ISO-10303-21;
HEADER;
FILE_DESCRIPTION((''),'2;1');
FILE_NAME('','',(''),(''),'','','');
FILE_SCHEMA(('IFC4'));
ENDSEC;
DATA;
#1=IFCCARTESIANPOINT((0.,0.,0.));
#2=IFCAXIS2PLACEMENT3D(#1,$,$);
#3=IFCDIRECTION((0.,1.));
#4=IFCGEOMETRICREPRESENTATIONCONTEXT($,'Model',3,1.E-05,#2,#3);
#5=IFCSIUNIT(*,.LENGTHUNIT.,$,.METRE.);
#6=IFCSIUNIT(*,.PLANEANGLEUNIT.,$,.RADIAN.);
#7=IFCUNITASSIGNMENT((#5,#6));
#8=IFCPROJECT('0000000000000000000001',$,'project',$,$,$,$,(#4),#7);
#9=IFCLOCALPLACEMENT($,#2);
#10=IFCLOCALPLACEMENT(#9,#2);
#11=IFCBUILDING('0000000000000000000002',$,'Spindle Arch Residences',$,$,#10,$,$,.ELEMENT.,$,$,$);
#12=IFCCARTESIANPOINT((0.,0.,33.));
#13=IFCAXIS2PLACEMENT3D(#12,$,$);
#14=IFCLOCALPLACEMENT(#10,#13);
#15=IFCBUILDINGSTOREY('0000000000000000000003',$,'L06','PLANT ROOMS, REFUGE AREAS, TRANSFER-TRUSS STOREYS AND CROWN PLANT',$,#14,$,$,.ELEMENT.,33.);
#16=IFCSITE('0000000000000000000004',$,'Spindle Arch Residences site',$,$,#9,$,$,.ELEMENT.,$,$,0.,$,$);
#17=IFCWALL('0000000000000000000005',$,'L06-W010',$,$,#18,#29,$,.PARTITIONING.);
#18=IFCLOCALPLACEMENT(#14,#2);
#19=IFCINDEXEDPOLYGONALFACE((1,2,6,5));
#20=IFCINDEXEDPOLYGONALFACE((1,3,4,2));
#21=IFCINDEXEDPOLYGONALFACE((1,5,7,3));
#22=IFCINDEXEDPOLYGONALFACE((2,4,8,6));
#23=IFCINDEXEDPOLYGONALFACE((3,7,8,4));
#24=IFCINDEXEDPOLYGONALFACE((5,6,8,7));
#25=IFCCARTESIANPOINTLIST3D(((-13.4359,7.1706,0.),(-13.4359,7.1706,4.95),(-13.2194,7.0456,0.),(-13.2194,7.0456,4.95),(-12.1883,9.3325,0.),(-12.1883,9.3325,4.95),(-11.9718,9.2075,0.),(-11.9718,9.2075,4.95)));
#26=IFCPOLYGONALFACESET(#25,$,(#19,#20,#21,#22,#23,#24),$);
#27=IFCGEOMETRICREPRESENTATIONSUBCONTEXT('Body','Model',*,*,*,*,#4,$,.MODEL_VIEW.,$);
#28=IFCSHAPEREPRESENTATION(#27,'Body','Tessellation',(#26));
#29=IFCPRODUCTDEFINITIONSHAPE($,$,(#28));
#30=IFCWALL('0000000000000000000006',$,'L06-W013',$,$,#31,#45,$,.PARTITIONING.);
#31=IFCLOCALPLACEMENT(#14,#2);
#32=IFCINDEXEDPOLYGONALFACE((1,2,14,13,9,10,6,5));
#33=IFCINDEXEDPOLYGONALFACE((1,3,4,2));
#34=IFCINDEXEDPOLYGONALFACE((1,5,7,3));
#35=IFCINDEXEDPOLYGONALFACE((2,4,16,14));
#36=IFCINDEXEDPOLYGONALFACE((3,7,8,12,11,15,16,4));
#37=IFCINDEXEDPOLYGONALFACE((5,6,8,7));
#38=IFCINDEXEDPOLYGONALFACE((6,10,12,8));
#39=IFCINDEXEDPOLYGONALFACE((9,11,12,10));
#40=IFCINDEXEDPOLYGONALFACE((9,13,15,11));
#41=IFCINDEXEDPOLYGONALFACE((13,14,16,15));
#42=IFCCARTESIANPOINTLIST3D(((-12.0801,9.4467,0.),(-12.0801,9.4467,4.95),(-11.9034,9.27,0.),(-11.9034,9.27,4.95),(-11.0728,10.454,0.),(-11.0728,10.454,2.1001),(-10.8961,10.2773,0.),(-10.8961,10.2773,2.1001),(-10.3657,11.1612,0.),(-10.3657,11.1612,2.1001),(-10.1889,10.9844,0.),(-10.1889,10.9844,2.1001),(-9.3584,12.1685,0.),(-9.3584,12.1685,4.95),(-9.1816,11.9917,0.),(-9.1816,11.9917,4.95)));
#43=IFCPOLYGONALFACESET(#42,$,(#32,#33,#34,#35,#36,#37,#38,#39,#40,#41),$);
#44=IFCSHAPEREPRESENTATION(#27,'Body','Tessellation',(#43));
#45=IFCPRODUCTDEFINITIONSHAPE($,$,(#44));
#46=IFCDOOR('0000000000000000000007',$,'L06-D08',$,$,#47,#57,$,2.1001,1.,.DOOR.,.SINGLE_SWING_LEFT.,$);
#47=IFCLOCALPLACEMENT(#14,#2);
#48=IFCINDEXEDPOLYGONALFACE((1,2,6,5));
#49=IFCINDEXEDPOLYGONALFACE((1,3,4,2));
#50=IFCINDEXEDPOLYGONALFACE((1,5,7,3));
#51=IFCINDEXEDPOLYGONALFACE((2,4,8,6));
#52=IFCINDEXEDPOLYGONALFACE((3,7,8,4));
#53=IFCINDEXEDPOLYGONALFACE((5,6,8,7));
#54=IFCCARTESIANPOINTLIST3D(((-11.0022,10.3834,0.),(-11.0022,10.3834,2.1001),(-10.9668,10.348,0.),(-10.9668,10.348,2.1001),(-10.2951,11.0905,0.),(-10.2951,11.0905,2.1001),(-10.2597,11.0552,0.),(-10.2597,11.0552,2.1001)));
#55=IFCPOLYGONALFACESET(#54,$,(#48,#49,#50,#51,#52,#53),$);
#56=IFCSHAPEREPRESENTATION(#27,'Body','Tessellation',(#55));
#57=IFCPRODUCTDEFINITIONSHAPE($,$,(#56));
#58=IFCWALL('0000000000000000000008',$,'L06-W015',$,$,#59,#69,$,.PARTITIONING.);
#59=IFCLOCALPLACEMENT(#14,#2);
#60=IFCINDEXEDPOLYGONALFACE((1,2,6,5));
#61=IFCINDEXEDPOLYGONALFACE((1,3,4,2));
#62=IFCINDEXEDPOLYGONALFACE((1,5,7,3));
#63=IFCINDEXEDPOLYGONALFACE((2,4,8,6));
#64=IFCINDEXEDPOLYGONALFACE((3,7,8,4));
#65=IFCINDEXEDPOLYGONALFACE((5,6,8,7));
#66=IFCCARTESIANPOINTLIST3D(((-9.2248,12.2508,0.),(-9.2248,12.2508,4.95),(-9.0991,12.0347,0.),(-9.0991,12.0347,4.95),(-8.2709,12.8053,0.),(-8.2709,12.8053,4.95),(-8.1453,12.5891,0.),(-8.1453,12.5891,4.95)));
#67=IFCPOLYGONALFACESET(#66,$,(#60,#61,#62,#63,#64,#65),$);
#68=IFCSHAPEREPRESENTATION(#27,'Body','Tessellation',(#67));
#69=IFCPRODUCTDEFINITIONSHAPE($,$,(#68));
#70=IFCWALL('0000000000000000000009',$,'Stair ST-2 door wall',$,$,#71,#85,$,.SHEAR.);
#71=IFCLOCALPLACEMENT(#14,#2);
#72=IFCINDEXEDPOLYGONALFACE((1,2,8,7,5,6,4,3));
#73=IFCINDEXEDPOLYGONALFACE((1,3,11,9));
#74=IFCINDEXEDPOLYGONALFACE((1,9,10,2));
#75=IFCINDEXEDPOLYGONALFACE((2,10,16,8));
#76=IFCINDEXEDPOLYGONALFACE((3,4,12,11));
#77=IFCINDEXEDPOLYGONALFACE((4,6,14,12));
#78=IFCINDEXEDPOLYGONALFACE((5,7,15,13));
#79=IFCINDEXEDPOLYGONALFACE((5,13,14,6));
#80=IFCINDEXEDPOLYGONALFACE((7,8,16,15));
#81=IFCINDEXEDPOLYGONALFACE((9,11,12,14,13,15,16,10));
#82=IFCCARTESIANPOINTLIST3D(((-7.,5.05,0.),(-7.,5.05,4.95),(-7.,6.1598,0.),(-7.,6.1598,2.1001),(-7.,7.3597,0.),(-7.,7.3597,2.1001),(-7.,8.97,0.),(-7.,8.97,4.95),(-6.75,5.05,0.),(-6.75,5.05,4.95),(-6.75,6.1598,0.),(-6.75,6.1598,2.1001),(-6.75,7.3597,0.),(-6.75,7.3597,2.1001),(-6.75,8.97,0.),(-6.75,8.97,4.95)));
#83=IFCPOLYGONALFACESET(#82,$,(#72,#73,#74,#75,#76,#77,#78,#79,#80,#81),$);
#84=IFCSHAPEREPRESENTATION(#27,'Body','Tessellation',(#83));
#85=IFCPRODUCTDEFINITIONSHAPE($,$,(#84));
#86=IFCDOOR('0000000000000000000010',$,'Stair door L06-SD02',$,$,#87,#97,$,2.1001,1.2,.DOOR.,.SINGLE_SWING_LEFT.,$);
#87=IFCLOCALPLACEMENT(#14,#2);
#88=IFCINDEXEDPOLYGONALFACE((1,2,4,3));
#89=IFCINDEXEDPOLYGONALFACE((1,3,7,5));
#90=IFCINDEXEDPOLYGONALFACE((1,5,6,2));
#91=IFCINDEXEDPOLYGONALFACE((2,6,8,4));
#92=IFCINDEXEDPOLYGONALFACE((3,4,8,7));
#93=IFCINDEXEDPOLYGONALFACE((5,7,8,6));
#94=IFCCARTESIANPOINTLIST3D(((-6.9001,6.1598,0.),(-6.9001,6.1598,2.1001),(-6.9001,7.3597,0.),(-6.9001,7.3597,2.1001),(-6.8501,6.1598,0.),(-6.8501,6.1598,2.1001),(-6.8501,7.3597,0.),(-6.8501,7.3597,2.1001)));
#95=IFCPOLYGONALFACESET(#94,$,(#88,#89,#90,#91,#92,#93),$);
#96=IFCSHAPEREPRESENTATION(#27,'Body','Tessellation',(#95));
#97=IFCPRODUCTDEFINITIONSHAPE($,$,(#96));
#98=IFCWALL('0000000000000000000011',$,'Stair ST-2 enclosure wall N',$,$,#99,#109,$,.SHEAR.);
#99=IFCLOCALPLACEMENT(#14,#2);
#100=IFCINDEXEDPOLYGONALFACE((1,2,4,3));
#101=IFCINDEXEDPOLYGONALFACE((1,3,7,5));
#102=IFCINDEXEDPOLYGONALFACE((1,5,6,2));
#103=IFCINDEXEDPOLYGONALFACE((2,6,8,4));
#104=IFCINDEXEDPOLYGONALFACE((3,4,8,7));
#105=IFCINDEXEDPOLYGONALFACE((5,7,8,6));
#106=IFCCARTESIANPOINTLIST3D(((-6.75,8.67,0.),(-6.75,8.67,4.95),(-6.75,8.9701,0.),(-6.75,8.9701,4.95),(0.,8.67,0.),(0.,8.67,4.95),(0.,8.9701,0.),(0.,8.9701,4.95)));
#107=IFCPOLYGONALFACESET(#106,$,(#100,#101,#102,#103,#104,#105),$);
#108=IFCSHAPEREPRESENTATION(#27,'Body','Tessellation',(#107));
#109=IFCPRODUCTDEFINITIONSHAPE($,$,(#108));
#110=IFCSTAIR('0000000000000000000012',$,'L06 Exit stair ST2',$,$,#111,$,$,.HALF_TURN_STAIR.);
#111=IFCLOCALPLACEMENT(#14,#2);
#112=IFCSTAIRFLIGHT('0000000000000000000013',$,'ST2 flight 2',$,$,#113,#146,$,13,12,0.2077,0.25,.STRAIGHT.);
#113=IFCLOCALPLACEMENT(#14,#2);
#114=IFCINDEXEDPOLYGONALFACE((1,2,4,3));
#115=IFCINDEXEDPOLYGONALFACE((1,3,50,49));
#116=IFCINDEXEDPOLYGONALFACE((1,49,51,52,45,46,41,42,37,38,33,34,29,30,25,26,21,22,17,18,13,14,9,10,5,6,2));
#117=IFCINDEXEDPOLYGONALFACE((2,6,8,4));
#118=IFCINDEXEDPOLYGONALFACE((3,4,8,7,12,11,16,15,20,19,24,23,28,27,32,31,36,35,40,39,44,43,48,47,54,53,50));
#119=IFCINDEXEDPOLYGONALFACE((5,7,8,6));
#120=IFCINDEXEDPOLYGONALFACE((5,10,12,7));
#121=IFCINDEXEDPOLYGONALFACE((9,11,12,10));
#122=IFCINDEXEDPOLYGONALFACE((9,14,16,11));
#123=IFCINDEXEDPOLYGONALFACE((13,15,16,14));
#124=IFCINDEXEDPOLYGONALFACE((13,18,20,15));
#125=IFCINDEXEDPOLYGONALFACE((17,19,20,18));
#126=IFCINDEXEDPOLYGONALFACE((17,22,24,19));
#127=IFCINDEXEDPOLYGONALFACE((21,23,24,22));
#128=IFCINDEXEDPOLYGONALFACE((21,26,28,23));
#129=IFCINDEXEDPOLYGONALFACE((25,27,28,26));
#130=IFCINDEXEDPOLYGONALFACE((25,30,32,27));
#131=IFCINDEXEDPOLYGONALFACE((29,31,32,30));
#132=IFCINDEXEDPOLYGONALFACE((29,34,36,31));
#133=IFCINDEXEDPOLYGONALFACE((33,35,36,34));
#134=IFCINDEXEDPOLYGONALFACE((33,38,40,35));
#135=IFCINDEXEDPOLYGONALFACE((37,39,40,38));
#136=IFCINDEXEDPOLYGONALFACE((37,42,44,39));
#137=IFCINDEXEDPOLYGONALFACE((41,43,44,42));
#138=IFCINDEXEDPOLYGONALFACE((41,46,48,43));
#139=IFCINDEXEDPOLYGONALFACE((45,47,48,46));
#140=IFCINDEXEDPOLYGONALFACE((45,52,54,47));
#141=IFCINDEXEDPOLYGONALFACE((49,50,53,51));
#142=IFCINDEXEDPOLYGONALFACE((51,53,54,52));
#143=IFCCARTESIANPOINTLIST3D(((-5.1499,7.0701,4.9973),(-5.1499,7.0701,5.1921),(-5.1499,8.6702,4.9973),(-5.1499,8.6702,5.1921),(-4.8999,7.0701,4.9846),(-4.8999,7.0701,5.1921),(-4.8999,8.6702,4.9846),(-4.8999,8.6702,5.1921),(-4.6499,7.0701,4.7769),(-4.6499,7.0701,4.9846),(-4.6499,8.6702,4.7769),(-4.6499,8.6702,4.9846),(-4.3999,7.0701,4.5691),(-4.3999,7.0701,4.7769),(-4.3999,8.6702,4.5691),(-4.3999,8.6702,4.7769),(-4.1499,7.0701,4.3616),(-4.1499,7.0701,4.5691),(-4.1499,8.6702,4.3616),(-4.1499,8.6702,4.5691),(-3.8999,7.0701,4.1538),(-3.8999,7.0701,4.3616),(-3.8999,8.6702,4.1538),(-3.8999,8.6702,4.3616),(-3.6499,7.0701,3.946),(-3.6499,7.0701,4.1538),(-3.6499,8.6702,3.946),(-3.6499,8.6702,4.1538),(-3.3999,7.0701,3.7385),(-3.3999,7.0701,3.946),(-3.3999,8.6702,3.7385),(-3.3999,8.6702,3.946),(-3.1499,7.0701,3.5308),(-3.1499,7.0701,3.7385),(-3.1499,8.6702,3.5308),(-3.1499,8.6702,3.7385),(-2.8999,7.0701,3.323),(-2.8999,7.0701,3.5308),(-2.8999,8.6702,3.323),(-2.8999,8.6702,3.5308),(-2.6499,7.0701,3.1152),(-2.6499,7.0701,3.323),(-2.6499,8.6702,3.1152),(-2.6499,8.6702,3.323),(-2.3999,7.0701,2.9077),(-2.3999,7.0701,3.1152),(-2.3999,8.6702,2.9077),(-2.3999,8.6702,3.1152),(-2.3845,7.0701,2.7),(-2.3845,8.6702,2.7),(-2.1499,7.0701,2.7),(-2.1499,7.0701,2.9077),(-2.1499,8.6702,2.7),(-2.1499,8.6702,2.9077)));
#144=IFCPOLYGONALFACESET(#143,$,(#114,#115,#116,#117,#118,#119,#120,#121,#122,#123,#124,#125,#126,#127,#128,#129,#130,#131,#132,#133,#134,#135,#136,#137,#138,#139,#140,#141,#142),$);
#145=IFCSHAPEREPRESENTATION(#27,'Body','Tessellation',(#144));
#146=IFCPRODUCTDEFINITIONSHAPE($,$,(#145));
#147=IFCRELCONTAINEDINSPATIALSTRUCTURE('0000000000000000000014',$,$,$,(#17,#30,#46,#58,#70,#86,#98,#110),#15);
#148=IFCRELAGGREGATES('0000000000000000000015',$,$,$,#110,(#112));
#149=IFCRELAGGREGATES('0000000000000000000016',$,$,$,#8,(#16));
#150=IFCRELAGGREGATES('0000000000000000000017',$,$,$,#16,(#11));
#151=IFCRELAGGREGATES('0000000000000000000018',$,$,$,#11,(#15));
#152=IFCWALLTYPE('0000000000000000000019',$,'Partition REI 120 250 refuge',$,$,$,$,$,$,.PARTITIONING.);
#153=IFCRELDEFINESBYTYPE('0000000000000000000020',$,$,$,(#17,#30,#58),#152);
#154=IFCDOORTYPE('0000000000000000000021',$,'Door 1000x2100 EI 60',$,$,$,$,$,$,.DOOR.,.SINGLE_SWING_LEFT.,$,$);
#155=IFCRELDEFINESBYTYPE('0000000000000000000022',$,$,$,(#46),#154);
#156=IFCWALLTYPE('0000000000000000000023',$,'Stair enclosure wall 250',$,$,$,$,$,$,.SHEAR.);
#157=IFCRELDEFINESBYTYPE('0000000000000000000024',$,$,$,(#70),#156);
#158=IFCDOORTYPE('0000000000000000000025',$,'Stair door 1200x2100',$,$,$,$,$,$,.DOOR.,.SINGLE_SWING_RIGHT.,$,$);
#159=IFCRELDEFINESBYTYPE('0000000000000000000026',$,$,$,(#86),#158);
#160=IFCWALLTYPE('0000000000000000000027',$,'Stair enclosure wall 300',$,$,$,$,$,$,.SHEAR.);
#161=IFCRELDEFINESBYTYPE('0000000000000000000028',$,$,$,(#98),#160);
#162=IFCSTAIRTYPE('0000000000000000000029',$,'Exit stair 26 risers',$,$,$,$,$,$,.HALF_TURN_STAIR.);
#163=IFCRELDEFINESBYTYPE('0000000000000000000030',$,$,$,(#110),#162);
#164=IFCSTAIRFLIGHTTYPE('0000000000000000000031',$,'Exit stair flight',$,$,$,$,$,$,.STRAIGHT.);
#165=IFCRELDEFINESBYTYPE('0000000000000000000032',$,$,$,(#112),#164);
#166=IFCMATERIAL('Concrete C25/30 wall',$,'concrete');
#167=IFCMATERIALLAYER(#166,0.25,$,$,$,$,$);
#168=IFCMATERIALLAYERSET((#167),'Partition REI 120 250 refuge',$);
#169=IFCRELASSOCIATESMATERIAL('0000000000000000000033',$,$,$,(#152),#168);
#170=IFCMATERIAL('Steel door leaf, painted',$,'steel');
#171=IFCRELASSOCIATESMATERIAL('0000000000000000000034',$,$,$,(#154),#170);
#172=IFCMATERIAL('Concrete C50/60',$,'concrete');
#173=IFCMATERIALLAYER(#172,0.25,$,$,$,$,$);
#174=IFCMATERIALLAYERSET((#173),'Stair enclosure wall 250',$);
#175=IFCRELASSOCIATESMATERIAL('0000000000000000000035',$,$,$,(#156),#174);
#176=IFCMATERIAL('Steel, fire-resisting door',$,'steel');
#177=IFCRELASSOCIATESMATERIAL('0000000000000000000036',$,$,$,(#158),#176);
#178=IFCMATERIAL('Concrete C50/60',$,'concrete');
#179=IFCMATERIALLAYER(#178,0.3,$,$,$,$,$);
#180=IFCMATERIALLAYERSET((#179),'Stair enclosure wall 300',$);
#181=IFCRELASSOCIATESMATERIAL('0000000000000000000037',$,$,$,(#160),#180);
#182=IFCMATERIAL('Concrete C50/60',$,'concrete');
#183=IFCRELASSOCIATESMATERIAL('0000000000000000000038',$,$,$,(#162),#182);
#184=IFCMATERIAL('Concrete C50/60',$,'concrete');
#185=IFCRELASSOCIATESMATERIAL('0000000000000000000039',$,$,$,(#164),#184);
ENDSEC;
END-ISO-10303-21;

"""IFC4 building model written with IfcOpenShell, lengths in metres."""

from ifc_helpers import new_model, si_unit, direction, frame, frame_2d, origin, place, context, subcontext, project, spatial, polyline, rectangle, outline, extrude, material, layer, layer_set, type_object, element, fill, aggregate, save


model = new_model("IFC4")

# Units and contexts
model_context = context("Model", 3, precision=1e-05, world=origin(), true_north=direction((0.0, 1.0)))
body_context = subcontext(model_context, "Body", "Model", "MODEL_VIEW")
ifc_project = project(units=[si_unit("LENGTHUNIT", "METRE"), si_unit("PLANEANGLEUNIT", "RADIAN")], contexts=[model_context])

# Site, building, storey
site_placement = place(None, origin())
site = spatial("IfcSite", under=ifc_project, at=site_placement, Name="Spindle Arch Residences site", CompositionType="ELEMENT", RefElevation=0.0)
building_placement = place(site_placement, origin())
building = spatial("IfcBuilding", under=site, at=building_placement, Name="Spindle Arch Residences", CompositionType="ELEMENT")
storey_placement = place(building_placement, frame((0.0, 0.0, 33.0)))
storey = spatial("IfcBuildingStorey", under=building, at=storey_placement, Name="L06", Description="PLANT ROOMS, REFUGE AREAS, TRANSFER-TRUSS STOREYS AND CROWN PLANT", CompositionType="ELEMENT", Elevation=33.0)

# Wall
ifc_material_1 = material(Name="Concrete C25/30 wall", Category="concrete")
ifc_layer_1 = layer(ifc_material_1, 0.25)
ifc_layer_set_1 = layer_set([ifc_layer_1], Name="Partition REI 120 250 refuge")
wall_type_1 = type_object("IfcWallType", Name="Partition REI 120 250 refuge", PredefinedType="PARTITIONING", material=ifc_layer_set_1)
wall_1_placement = place(storey_placement, frame((-12.0801, 9.27, 0.0), z_axis=(0.0, 0.0, 1.0), x_axis=(-0.499821, -0.866129, 0.0)))
element("IfcWall", 1, at=wall_1_placement, inside=storey, type_object=wall_type_1, Name="L06-W010", PredefinedType="PARTITIONING", context=body_context, shape_type="SweptSolid", body=[
    extrude(rectangle(XDim=2.4961, YDim=0.25, at=frame_2d((1.248, 0.0))), origin(), (0.0, 0.0, 1.0), 4.95),
])

# Wall, opening, door
wall_2_placement = place(storey_placement, frame((-9.27, 12.0801, 0.0), z_axis=(0.0, 0.0, 1.0), x_axis=(-0.707107, -0.707107, 0.0)))
wall_2 = element("IfcWall", 2, at=wall_2_placement, inside=storey, type_object=wall_type_1, Name="L06-W013", PredefinedType="PARTITIONING", context=body_context, shape_type="SweptSolid", body=[
    extrude(rectangle(XDim=3.8491, YDim=0.25, at=frame_2d((1.9246, 0.0))), origin(), (0.0, 0.0, 1.0), 4.95),
])
opening_1_placement = place(wall_2_placement, frame((1.4246, 0.0, 0.0)))
opening_1 = element("IfcOpeningElement", 3, at=opening_1_placement, cuts=wall_2, PredefinedType="OPENING", context=body_context, shape_type="SweptSolid", body=[
    extrude(rectangle(XDim=1.0, YDim=2.1001, at=frame_2d((0.5, 1.05))), frame((0.0, 0.135, 0.0), z_axis=(0.0, -1.0, 0.0), x_axis=(1.0, 0.0, 0.0)), (0.0, 0.0, 1.0), 0.27),
])
ifc_material_2 = material(Name="Steel door leaf, painted", Category="steel")
door_type_1 = type_object("IfcDoorType", Name="Door 1000x2100 EI 60", OperationType="SINGLE_SWING_LEFT", PredefinedType="DOOR", material=ifc_material_2)
door_1_placement = place(opening_1_placement, origin())
door_1 = element("IfcDoor", 4, at=door_1_placement, inside=storey, type_object=door_type_1, Name="L06-D08", OperationType="SINGLE_SWING_LEFT", OverallHeight=2.1001, OverallWidth=1.0, PredefinedType="DOOR", context=body_context, shape_type="SweptSolid", body=[
    extrude(rectangle(XDim=1.0, YDim=2.1001, at=frame_2d((0.5, 1.05))), frame((0.0, 0.0249, 0.0), z_axis=(0.0, -1.0, 0.0), x_axis=(1.0, 0.0, 0.0)), (0.0, 0.0, 1.0), 0.05),
])
fill(opening_1, door_1)

# Wall
wall_3_placement = place(storey_placement, frame((-8.208, 12.6973, 0.0), z_axis=(0.0, 0.0, 1.0), x_axis=(-0.864556, -0.502536, 0.0)))
element("IfcWall", 5, at=wall_3_placement, inside=storey, type_object=wall_type_1, Name="L06-W015", PredefinedType="PARTITIONING", context=body_context, shape_type="SweptSolid", body=[
    extrude(rectangle(XDim=1.1033, YDim=0.25, at=frame_2d((0.5518, 0.0))), origin(), (0.0, 0.0, 1.0), 4.95),
])

# Wall, opening, door
ifc_material_3 = material(Name="Concrete C50/60", Category="concrete")
ifc_layer_2 = layer(ifc_material_3, 0.25)
ifc_layer_set_2 = layer_set([ifc_layer_2], Name="Stair enclosure wall 250")
wall_type_2 = type_object("IfcWallType", Name="Stair enclosure wall 250", PredefinedType="SHEAR", material=ifc_layer_set_2)
wall_4_placement = place(storey_placement, frame((-6.875, 8.97, 0.0), z_axis=(0.0, 0.0, 1.0), x_axis=(0.0, -1.0, 0.0)))
wall_4 = element("IfcWall", 6, at=wall_4_placement, inside=storey, type_object=wall_type_2, Name="Stair ST-2 door wall", PredefinedType="SHEAR", context=body_context, shape_type="SweptSolid", body=[
    extrude(rectangle(XDim=3.9199, YDim=0.25, at=frame_2d((1.96, 0.0))), origin(), (0.0, 0.0, 1.0), 4.95),
])
opening_2_placement = place(wall_4_placement, frame((1.6101, 0.0, 0.0)))
opening_2 = element("IfcOpeningElement", 7, at=opening_2_placement, cuts=wall_4, PredefinedType="OPENING", context=body_context, shape_type="SweptSolid", body=[
    extrude(rectangle(XDim=1.2, YDim=2.1001, at=frame_2d((0.6001, 1.05))), frame((0.0, 0.135, 0.0), z_axis=(0.0, -1.0, 0.0), x_axis=(1.0, 0.0, 0.0)), (0.0, 0.0, 1.0), 0.27),
])
ifc_material_4 = material(Name="Steel, fire-resisting door", Category="steel")
door_type_2 = type_object("IfcDoorType", Name="Stair door 1200x2100", OperationType="SINGLE_SWING_RIGHT", PredefinedType="DOOR", material=ifc_material_4)
door_2_placement = place(opening_2_placement, origin())
door_2 = element("IfcDoor", 8, at=door_2_placement, inside=storey, type_object=door_type_2, Name="Stair door L06-SD02", OperationType="SINGLE_SWING_LEFT", OverallHeight=2.1001, OverallWidth=1.2, PredefinedType="DOOR", context=body_context, shape_type="SweptSolid", body=[
    extrude(rectangle(XDim=1.2, YDim=2.1001, at=frame_2d((0.6001, 1.05))), frame((0.0, 0.0249, 0.0), z_axis=(0.0, -1.0, 0.0), x_axis=(1.0, 0.0, 0.0)), (0.0, 0.0, 1.0), 0.05),
])
fill(opening_2, door_2)

# Wall
ifc_material_5 = material(Name="Concrete C50/60", Category="concrete")
ifc_layer_3 = layer(ifc_material_5, 0.3)
ifc_layer_set_3 = layer_set([ifc_layer_3], Name="Stair enclosure wall 300")
wall_type_3 = type_object("IfcWallType", Name="Stair enclosure wall 300", PredefinedType="SHEAR", material=ifc_layer_set_3)
wall_5_placement = place(storey_placement, frame((-6.75, 8.8201, 0.0), z_axis=(0.0, 0.0, 1.0), x_axis=(1.0, 0.0, 0.0)))
element("IfcWall", 9, at=wall_5_placement, inside=storey, type_object=wall_type_3, Name="Stair ST-2 enclosure wall N", PredefinedType="SHEAR", context=body_context, shape_type="SweptSolid", body=[
    extrude(rectangle(XDim=6.75, YDim=0.3, at=frame_2d((3.375, 0.0))), origin(), (0.0, 0.0, 1.0), 4.95),
])

# Stair, stair flight
ifc_material_6 = material(Name="Concrete C50/60", Category="concrete")
stair_type = type_object("IfcStairType", Name="Exit stair 26 risers", PredefinedType="HALF_TURN_STAIR", material=ifc_material_6)
stair_placement = place(storey_placement, origin())
stair = element("IfcStair", 10, at=stair_placement, inside=storey, type_object=stair_type, Name="L06 Exit stair ST2", PredefinedType="HALF_TURN_STAIR")
ifc_material_7 = material(Name="Concrete C50/60", Category="concrete")
stair_flight_type = type_object("IfcStairFlightType", Name="Exit stair flight", PredefinedType="STRAIGHT", material=ifc_material_7)
stair_flight_placement = place(storey_placement, frame((-2.1499, 7.8701, 2.7), z_axis=(0.0, 0.0, 1.0), x_axis=(-1.0, 0.0, 0.0)))
stair_flight = element("IfcStairFlight", 11, at=stair_flight_placement, type_object=stair_flight_type, Name="ST2 flight 2", NumberOfRisers=13, NumberOfTreads=12, PredefinedType="STRAIGHT", RiserHeight=0.2077, TreadLength=0.25, context=body_context, shape_type="SweptSolid", body=[
    extrude(outline(polyline([(0.0, 0.0), (0.0, 0.2078), (0.25, 0.2078), (0.25, 0.4153), (0.5, 0.4153), (0.5, 0.623), (0.75, 0.623), (0.75, 0.8308), (1.0, 0.8308), (1.0, 1.0386), (1.25, 1.0386), (1.25, 1.2461), (1.5, 1.2461), (1.5, 1.4539), (1.75, 1.4539), (1.75, 1.6616), (2.0, 1.6616), (2.0, 1.8691), (2.25, 1.8691), (2.25, 2.0769), (2.5, 2.0769), (2.5, 2.2847), (2.75, 2.2847), (2.75, 2.4922), (3.0, 2.4922), (3.0, 2.7), (3.0, 2.2974), (0.2346, 0.0), (0.0, 0.0)])), frame((0.0, 0.8, 0.0), z_axis=(0.0, -1.0, 0.0), x_axis=(1.0, 0.0, 0.0)), (0.0, 0.0, 1.0), 1.6001),
])
aggregate(stair, [stair_flight])

save(model, "model.ifc")
